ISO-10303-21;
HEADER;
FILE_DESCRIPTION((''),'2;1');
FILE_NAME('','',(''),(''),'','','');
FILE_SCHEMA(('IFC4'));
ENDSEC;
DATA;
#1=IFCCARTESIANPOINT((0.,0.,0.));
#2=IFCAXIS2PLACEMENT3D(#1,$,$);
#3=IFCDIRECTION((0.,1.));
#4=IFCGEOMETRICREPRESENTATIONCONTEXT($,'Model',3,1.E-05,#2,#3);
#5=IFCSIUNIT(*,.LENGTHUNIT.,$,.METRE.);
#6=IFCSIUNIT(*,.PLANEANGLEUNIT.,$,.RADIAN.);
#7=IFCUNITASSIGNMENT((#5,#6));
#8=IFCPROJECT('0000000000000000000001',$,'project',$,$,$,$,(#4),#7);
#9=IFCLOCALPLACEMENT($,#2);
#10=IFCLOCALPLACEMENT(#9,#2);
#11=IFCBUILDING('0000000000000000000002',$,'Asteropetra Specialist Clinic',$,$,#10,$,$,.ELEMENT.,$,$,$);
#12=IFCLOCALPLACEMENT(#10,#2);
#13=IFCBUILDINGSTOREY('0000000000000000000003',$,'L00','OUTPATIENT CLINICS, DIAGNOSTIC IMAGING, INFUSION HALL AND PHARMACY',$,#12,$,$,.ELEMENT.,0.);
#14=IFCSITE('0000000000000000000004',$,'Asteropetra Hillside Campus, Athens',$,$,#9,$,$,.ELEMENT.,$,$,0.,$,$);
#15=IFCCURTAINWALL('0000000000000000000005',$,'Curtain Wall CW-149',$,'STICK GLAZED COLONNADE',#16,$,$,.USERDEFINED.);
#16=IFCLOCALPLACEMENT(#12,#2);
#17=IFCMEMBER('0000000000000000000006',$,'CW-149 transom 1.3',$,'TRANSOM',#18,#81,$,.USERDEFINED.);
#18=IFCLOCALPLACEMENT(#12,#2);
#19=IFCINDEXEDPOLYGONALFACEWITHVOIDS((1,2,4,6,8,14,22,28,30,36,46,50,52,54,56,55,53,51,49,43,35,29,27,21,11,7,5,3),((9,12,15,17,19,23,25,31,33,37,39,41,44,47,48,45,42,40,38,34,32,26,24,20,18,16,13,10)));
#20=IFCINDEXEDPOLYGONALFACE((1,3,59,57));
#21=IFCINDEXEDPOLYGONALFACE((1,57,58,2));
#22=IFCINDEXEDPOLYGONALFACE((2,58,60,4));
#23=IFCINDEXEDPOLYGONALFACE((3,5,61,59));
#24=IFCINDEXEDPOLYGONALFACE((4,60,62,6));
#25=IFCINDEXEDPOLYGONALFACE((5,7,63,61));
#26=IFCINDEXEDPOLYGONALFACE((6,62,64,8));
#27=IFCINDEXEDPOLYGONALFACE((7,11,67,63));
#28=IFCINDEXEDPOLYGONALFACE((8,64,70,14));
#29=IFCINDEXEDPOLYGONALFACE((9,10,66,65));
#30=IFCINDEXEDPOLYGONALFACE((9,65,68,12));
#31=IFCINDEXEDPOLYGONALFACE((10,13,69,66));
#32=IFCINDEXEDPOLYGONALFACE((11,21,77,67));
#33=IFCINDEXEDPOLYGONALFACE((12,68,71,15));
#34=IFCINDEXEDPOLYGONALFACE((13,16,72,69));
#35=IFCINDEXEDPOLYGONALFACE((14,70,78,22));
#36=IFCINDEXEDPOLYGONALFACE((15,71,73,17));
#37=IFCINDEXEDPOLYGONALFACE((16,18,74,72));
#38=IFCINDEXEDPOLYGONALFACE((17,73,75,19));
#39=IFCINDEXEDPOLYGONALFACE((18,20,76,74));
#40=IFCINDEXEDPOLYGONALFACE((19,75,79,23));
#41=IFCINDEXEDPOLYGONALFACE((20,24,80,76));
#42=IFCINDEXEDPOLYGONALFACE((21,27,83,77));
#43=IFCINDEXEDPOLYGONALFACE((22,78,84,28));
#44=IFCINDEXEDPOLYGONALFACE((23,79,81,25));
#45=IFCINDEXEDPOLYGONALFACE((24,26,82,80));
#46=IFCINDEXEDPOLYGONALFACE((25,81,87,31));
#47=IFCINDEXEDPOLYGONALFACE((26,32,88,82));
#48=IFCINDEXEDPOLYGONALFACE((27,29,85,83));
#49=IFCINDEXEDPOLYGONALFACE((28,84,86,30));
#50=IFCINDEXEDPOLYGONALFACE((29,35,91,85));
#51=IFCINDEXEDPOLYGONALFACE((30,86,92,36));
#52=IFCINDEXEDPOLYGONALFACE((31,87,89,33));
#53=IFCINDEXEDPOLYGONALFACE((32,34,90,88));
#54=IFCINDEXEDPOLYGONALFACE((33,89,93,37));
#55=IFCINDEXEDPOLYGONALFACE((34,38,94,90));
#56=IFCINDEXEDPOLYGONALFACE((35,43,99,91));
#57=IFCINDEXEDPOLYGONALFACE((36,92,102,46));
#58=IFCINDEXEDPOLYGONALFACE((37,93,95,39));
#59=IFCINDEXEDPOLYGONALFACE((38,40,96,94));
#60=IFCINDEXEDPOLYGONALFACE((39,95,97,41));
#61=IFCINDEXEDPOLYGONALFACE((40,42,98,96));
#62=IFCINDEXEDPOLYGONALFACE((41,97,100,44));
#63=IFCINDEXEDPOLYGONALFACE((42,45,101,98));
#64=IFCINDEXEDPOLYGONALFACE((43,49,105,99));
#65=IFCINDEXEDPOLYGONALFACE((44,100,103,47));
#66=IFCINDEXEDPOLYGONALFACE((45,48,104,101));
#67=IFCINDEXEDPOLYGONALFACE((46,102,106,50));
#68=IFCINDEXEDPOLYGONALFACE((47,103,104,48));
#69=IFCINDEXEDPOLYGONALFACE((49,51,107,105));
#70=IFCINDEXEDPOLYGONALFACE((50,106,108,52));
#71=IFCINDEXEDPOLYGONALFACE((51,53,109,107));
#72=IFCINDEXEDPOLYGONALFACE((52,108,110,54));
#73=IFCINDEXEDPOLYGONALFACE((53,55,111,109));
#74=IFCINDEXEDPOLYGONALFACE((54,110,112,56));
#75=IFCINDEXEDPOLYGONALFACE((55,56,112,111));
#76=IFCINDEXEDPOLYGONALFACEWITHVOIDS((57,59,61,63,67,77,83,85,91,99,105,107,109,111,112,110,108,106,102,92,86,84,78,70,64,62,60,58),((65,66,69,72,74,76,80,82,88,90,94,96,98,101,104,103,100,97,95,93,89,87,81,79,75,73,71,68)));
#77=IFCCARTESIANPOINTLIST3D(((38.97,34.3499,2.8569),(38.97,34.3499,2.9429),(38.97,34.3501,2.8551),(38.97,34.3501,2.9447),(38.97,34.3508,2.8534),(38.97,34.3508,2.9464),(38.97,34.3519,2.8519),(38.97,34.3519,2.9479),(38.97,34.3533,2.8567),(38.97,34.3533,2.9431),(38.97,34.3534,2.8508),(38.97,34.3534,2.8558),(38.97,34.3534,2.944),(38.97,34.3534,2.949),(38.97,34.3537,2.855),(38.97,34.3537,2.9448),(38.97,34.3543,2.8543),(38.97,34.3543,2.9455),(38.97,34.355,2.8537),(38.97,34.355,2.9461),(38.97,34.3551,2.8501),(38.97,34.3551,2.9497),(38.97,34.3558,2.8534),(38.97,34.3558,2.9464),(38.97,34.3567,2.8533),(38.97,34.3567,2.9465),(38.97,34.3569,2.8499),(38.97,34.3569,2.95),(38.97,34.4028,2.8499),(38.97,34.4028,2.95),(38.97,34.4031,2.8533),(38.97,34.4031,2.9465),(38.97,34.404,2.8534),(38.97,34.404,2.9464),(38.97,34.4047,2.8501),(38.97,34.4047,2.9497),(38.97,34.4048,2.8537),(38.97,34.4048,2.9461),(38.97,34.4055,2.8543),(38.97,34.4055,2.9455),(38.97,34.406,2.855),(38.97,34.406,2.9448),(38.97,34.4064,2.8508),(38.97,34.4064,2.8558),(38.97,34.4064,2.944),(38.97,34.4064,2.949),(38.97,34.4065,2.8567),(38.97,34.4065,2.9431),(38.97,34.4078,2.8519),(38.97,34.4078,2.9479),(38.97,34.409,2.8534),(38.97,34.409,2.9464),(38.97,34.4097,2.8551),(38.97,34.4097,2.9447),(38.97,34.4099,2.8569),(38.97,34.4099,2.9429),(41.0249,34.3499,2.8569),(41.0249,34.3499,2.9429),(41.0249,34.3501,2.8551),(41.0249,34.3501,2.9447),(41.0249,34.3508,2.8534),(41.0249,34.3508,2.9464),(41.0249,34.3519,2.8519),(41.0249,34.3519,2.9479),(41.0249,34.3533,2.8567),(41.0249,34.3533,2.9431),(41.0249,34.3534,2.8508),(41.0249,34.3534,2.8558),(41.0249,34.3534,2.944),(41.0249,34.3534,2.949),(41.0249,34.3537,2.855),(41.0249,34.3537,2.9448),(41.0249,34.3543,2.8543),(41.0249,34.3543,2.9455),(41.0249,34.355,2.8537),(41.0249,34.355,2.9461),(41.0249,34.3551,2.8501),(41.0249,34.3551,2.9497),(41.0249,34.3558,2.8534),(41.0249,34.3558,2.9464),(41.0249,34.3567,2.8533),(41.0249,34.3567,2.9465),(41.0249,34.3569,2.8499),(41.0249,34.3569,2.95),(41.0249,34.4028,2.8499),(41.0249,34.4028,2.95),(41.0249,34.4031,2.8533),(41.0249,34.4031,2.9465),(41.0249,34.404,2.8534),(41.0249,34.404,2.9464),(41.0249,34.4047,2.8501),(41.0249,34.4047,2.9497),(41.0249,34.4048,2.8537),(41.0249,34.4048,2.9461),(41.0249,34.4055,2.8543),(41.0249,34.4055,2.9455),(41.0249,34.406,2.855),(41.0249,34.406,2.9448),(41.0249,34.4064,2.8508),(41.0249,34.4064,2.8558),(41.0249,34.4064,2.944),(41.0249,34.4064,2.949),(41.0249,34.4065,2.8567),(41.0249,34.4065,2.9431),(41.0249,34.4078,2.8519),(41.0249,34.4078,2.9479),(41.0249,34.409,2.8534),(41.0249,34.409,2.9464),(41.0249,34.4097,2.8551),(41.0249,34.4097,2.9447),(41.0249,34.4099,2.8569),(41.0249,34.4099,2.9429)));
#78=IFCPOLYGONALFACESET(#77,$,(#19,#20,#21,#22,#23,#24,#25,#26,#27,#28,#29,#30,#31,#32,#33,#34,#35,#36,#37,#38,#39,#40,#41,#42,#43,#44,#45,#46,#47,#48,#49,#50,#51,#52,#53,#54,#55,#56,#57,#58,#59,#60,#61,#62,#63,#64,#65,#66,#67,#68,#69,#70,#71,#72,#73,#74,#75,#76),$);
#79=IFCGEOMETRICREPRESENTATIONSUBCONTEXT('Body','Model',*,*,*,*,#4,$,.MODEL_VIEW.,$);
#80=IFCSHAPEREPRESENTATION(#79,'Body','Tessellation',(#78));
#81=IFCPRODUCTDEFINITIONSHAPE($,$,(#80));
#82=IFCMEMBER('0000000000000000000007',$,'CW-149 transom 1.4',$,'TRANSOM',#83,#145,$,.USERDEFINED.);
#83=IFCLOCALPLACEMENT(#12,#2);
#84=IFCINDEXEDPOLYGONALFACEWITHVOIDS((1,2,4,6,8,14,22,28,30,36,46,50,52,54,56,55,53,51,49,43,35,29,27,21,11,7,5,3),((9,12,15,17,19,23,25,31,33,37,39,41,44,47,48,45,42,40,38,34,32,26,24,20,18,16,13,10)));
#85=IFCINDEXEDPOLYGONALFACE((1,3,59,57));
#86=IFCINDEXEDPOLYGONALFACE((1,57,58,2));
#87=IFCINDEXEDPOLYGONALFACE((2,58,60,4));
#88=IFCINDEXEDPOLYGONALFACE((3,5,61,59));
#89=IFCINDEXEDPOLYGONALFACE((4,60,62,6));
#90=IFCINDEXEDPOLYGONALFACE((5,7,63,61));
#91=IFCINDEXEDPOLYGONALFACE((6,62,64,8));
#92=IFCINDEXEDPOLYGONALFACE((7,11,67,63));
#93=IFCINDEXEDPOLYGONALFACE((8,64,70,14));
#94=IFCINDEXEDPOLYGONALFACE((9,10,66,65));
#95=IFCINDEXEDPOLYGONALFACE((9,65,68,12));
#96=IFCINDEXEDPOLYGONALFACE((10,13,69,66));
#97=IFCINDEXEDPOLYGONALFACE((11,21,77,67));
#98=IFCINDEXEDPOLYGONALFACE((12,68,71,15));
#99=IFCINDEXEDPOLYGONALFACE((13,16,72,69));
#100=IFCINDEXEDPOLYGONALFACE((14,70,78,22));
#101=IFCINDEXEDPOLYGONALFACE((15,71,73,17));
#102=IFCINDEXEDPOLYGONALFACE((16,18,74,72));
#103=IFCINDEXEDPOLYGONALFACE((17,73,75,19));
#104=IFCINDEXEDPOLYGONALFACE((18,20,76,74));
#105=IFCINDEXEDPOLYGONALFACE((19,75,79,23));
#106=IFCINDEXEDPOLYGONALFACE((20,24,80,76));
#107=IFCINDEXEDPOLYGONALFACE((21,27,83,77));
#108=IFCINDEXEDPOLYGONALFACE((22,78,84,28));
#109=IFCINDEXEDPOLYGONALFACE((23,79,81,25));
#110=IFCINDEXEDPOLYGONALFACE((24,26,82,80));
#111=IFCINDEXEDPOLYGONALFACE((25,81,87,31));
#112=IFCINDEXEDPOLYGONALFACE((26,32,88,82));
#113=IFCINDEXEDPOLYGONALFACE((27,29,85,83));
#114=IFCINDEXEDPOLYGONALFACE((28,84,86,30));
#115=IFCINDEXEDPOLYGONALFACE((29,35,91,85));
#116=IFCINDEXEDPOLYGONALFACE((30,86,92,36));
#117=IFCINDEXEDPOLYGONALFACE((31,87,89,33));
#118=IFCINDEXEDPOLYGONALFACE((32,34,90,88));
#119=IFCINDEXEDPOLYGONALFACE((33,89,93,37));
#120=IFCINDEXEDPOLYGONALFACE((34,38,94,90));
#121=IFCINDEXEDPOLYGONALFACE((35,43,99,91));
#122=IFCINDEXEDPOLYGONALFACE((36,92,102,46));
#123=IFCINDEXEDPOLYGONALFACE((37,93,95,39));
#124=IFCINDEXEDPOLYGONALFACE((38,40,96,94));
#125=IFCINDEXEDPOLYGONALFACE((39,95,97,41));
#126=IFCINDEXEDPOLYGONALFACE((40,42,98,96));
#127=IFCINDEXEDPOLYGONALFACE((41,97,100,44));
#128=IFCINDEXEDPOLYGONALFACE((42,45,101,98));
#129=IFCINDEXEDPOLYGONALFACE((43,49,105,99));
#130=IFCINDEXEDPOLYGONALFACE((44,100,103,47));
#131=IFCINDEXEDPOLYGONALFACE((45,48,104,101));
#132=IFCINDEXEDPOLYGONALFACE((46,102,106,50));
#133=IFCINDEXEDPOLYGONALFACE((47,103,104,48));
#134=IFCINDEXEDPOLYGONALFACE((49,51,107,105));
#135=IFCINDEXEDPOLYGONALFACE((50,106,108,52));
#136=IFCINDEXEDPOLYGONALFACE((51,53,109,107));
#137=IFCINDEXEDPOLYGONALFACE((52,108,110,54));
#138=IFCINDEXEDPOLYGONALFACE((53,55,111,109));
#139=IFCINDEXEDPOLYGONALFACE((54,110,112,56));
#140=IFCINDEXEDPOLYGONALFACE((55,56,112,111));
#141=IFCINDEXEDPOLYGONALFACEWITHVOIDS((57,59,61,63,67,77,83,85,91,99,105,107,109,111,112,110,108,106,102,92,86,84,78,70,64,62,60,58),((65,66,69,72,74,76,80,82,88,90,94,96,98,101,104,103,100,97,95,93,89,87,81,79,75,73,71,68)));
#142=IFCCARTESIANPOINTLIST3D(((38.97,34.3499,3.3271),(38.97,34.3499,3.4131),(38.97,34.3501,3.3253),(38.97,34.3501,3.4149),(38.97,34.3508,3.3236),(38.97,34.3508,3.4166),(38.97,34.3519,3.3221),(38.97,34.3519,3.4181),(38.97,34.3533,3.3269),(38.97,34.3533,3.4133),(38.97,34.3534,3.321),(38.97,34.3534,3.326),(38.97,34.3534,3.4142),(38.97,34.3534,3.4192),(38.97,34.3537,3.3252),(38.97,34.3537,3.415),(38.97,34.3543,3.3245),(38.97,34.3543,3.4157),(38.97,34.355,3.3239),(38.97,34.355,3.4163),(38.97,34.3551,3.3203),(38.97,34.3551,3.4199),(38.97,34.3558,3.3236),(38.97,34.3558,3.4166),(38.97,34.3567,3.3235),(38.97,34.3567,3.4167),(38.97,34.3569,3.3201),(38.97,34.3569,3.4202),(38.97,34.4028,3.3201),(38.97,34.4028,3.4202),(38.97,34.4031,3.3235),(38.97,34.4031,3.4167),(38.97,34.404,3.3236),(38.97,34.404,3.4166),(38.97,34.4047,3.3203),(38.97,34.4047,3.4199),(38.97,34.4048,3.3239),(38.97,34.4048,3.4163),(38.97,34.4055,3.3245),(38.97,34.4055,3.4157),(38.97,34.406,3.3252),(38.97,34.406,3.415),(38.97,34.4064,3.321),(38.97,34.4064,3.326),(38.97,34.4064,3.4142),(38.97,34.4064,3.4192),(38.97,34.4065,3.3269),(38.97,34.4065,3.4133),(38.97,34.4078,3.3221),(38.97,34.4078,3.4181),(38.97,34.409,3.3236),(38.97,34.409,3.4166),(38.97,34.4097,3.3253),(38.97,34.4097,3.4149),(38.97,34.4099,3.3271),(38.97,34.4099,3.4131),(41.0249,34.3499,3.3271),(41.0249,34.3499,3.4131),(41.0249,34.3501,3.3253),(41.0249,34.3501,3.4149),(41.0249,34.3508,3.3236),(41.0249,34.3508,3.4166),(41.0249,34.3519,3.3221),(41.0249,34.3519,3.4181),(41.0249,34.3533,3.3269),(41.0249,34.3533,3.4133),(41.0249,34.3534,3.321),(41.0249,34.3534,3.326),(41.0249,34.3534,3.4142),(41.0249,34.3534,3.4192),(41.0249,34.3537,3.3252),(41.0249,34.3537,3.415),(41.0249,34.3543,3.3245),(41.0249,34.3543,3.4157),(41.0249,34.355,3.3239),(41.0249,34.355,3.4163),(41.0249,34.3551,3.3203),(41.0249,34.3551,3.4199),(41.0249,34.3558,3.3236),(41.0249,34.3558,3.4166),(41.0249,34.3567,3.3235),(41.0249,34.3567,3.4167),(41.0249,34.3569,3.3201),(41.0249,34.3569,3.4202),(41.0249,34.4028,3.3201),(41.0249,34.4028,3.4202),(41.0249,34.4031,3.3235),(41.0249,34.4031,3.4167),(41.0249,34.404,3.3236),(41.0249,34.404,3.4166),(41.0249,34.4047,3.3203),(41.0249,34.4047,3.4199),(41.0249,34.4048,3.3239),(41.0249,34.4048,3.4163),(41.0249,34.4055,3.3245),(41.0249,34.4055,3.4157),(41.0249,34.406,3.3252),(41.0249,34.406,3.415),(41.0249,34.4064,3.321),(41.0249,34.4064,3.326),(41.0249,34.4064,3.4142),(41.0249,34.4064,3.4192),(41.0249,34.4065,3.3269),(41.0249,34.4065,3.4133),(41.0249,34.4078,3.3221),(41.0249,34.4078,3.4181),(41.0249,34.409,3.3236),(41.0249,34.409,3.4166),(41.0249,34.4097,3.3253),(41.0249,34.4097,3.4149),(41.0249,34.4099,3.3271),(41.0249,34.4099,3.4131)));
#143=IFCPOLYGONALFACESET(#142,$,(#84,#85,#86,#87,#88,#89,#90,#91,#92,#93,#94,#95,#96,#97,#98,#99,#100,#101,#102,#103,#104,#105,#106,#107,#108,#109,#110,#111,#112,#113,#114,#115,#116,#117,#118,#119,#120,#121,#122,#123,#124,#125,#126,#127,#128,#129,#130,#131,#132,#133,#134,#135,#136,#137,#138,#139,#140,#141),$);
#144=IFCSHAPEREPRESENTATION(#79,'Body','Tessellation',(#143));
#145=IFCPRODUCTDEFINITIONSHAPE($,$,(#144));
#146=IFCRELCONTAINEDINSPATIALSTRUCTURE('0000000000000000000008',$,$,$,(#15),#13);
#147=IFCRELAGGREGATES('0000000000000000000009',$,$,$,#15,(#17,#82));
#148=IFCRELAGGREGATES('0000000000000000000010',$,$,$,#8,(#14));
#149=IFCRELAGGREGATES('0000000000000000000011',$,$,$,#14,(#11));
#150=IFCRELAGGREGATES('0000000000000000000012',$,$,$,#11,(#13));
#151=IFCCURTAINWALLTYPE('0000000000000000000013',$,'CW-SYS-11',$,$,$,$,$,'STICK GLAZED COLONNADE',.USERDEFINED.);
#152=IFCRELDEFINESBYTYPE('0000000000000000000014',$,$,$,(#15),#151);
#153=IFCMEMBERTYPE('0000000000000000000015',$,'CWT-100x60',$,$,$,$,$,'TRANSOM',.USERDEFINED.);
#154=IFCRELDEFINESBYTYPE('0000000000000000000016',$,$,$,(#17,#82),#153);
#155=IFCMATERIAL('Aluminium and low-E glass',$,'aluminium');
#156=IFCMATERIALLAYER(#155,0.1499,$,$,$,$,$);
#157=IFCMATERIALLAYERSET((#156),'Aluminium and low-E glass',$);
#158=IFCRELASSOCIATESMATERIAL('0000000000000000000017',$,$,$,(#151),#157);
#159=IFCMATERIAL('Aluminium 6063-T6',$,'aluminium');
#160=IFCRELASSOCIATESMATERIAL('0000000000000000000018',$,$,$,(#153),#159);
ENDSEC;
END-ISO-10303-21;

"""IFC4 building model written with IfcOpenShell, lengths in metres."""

from ifc_helpers import new_model, si_unit, direction, frame, origin, origin_2d, place, context, subcontext, project, spatial, hollow_rectangle, extrude, material, layer, layer_set, material_profile, profile_set, type_object, element, aggregate, save


model = new_model("IFC4")

# Units and contexts
model_context = context("Model", 3, precision=1e-05, world=origin(), true_north=direction((0.0, 1.0)))
body_context = subcontext(model_context, "Body", "Model", "MODEL_VIEW")
ifc_project = project(units=[si_unit("LENGTHUNIT", "METRE"), si_unit("PLANEANGLEUNIT", "RADIAN")], contexts=[model_context])

# Site, building, storey
site_placement = place(None, origin())
site = spatial("IfcSite", under=ifc_project, at=site_placement, Name="Asteropetra Hillside Campus, Athens", CompositionType="ELEMENT", RefElevation=0.0)
building_placement = place(site_placement, origin())
building = spatial("IfcBuilding", under=site, at=building_placement, Name="Asteropetra Specialist Clinic", CompositionType="ELEMENT")
storey_placement = place(building_placement, origin())
storey = spatial("IfcBuildingStorey", under=building, at=storey_placement, Name="L00", Description="OUTPATIENT CLINICS, DIAGNOSTIC IMAGING, INFUSION HALL AND PHARMACY", CompositionType="ELEMENT", Elevation=0.0)

# Curtain wall, members
ifc_material_1 = material(Name="Aluminium and low-E glass", Category="aluminium")
ifc_layer_1 = layer(ifc_material_1, 0.1499)
ifc_layer_set_1 = layer_set([ifc_layer_1], Name="Aluminium and low-E glass")
curtain_wall_type = type_object("IfcCurtainWallType", Name="CW-SYS-11", ElementType="STICK GLAZED COLONNADE", PredefinedType="USERDEFINED", material=ifc_layer_set_1)
curtain_wall_placement = place(storey_placement, origin())
curtain_wall = element("IfcCurtainWall", 1, at=curtain_wall_placement, inside=storey, type_object=curtain_wall_type, Name="Curtain Wall CW-149", ObjectType="STICK GLAZED COLONNADE", PredefinedType="USERDEFINED")
ifc_material_2 = material(Name="Aluminium 6063-T6", Category="aluminium")
ifc_material_profile_1 = material_profile(ifc_material_2, hollow_rectangle(XDim=0.0601, YDim=0.1001, WallThickness=0.0034, InnerFilletRadius=0.0034, OuterFilletRadius=0.0071, at=origin_2d()), Name="TRN 100x60x3.5")
ifc_profile_set_1 = profile_set([ifc_material_profile_1], Name="Aluminium 6063-T6")
member_type_1 = type_object("IfcMemberType", Name="CWT-100x60", ElementType="TRANSOM", PredefinedType="USERDEFINED", material=ifc_profile_set_1)
member_1_placement = place(storey_placement, frame((38.97, 34.3799, 2.8999), z_axis=(1.0, 0.0, 0.0), x_axis=(0.0, 1.0, 0.0)))
member_1 = element("IfcMember", 2, at=member_1_placement, type_object=member_type_1, Name="CW-149 transom 1.3", ObjectType="TRANSOM", PredefinedType="USERDEFINED", context=body_context, shape_type="SweptSolid", body=[
    extrude(hollow_rectangle(XDim=0.0601, YDim=0.1001, WallThickness=0.0034, InnerFilletRadius=0.0034, OuterFilletRadius=0.0071, at=origin_2d()), origin(), (0.0, 0.0, 1.0), 2.0549),
])
member_2_placement = place(storey_placement, frame((38.97, 34.3799, 3.3701), z_axis=(1.0, 0.0, 0.0), x_axis=(0.0, 1.0, 0.0)))
member_2 = element("IfcMember", 3, at=member_2_placement, type_object=member_type_1, Name="CW-149 transom 1.4", ObjectType="TRANSOM", PredefinedType="USERDEFINED", context=body_context, shape_type="SweptSolid", body=[
    extrude(hollow_rectangle(XDim=0.0601, YDim=0.1001, WallThickness=0.0034, InnerFilletRadius=0.0034, OuterFilletRadius=0.0071, at=origin_2d()), origin(), (0.0, 0.0, 1.0), 2.0549),
])

aggregate(curtain_wall, [member_1, member_2])

save(model, "model.ifc")
